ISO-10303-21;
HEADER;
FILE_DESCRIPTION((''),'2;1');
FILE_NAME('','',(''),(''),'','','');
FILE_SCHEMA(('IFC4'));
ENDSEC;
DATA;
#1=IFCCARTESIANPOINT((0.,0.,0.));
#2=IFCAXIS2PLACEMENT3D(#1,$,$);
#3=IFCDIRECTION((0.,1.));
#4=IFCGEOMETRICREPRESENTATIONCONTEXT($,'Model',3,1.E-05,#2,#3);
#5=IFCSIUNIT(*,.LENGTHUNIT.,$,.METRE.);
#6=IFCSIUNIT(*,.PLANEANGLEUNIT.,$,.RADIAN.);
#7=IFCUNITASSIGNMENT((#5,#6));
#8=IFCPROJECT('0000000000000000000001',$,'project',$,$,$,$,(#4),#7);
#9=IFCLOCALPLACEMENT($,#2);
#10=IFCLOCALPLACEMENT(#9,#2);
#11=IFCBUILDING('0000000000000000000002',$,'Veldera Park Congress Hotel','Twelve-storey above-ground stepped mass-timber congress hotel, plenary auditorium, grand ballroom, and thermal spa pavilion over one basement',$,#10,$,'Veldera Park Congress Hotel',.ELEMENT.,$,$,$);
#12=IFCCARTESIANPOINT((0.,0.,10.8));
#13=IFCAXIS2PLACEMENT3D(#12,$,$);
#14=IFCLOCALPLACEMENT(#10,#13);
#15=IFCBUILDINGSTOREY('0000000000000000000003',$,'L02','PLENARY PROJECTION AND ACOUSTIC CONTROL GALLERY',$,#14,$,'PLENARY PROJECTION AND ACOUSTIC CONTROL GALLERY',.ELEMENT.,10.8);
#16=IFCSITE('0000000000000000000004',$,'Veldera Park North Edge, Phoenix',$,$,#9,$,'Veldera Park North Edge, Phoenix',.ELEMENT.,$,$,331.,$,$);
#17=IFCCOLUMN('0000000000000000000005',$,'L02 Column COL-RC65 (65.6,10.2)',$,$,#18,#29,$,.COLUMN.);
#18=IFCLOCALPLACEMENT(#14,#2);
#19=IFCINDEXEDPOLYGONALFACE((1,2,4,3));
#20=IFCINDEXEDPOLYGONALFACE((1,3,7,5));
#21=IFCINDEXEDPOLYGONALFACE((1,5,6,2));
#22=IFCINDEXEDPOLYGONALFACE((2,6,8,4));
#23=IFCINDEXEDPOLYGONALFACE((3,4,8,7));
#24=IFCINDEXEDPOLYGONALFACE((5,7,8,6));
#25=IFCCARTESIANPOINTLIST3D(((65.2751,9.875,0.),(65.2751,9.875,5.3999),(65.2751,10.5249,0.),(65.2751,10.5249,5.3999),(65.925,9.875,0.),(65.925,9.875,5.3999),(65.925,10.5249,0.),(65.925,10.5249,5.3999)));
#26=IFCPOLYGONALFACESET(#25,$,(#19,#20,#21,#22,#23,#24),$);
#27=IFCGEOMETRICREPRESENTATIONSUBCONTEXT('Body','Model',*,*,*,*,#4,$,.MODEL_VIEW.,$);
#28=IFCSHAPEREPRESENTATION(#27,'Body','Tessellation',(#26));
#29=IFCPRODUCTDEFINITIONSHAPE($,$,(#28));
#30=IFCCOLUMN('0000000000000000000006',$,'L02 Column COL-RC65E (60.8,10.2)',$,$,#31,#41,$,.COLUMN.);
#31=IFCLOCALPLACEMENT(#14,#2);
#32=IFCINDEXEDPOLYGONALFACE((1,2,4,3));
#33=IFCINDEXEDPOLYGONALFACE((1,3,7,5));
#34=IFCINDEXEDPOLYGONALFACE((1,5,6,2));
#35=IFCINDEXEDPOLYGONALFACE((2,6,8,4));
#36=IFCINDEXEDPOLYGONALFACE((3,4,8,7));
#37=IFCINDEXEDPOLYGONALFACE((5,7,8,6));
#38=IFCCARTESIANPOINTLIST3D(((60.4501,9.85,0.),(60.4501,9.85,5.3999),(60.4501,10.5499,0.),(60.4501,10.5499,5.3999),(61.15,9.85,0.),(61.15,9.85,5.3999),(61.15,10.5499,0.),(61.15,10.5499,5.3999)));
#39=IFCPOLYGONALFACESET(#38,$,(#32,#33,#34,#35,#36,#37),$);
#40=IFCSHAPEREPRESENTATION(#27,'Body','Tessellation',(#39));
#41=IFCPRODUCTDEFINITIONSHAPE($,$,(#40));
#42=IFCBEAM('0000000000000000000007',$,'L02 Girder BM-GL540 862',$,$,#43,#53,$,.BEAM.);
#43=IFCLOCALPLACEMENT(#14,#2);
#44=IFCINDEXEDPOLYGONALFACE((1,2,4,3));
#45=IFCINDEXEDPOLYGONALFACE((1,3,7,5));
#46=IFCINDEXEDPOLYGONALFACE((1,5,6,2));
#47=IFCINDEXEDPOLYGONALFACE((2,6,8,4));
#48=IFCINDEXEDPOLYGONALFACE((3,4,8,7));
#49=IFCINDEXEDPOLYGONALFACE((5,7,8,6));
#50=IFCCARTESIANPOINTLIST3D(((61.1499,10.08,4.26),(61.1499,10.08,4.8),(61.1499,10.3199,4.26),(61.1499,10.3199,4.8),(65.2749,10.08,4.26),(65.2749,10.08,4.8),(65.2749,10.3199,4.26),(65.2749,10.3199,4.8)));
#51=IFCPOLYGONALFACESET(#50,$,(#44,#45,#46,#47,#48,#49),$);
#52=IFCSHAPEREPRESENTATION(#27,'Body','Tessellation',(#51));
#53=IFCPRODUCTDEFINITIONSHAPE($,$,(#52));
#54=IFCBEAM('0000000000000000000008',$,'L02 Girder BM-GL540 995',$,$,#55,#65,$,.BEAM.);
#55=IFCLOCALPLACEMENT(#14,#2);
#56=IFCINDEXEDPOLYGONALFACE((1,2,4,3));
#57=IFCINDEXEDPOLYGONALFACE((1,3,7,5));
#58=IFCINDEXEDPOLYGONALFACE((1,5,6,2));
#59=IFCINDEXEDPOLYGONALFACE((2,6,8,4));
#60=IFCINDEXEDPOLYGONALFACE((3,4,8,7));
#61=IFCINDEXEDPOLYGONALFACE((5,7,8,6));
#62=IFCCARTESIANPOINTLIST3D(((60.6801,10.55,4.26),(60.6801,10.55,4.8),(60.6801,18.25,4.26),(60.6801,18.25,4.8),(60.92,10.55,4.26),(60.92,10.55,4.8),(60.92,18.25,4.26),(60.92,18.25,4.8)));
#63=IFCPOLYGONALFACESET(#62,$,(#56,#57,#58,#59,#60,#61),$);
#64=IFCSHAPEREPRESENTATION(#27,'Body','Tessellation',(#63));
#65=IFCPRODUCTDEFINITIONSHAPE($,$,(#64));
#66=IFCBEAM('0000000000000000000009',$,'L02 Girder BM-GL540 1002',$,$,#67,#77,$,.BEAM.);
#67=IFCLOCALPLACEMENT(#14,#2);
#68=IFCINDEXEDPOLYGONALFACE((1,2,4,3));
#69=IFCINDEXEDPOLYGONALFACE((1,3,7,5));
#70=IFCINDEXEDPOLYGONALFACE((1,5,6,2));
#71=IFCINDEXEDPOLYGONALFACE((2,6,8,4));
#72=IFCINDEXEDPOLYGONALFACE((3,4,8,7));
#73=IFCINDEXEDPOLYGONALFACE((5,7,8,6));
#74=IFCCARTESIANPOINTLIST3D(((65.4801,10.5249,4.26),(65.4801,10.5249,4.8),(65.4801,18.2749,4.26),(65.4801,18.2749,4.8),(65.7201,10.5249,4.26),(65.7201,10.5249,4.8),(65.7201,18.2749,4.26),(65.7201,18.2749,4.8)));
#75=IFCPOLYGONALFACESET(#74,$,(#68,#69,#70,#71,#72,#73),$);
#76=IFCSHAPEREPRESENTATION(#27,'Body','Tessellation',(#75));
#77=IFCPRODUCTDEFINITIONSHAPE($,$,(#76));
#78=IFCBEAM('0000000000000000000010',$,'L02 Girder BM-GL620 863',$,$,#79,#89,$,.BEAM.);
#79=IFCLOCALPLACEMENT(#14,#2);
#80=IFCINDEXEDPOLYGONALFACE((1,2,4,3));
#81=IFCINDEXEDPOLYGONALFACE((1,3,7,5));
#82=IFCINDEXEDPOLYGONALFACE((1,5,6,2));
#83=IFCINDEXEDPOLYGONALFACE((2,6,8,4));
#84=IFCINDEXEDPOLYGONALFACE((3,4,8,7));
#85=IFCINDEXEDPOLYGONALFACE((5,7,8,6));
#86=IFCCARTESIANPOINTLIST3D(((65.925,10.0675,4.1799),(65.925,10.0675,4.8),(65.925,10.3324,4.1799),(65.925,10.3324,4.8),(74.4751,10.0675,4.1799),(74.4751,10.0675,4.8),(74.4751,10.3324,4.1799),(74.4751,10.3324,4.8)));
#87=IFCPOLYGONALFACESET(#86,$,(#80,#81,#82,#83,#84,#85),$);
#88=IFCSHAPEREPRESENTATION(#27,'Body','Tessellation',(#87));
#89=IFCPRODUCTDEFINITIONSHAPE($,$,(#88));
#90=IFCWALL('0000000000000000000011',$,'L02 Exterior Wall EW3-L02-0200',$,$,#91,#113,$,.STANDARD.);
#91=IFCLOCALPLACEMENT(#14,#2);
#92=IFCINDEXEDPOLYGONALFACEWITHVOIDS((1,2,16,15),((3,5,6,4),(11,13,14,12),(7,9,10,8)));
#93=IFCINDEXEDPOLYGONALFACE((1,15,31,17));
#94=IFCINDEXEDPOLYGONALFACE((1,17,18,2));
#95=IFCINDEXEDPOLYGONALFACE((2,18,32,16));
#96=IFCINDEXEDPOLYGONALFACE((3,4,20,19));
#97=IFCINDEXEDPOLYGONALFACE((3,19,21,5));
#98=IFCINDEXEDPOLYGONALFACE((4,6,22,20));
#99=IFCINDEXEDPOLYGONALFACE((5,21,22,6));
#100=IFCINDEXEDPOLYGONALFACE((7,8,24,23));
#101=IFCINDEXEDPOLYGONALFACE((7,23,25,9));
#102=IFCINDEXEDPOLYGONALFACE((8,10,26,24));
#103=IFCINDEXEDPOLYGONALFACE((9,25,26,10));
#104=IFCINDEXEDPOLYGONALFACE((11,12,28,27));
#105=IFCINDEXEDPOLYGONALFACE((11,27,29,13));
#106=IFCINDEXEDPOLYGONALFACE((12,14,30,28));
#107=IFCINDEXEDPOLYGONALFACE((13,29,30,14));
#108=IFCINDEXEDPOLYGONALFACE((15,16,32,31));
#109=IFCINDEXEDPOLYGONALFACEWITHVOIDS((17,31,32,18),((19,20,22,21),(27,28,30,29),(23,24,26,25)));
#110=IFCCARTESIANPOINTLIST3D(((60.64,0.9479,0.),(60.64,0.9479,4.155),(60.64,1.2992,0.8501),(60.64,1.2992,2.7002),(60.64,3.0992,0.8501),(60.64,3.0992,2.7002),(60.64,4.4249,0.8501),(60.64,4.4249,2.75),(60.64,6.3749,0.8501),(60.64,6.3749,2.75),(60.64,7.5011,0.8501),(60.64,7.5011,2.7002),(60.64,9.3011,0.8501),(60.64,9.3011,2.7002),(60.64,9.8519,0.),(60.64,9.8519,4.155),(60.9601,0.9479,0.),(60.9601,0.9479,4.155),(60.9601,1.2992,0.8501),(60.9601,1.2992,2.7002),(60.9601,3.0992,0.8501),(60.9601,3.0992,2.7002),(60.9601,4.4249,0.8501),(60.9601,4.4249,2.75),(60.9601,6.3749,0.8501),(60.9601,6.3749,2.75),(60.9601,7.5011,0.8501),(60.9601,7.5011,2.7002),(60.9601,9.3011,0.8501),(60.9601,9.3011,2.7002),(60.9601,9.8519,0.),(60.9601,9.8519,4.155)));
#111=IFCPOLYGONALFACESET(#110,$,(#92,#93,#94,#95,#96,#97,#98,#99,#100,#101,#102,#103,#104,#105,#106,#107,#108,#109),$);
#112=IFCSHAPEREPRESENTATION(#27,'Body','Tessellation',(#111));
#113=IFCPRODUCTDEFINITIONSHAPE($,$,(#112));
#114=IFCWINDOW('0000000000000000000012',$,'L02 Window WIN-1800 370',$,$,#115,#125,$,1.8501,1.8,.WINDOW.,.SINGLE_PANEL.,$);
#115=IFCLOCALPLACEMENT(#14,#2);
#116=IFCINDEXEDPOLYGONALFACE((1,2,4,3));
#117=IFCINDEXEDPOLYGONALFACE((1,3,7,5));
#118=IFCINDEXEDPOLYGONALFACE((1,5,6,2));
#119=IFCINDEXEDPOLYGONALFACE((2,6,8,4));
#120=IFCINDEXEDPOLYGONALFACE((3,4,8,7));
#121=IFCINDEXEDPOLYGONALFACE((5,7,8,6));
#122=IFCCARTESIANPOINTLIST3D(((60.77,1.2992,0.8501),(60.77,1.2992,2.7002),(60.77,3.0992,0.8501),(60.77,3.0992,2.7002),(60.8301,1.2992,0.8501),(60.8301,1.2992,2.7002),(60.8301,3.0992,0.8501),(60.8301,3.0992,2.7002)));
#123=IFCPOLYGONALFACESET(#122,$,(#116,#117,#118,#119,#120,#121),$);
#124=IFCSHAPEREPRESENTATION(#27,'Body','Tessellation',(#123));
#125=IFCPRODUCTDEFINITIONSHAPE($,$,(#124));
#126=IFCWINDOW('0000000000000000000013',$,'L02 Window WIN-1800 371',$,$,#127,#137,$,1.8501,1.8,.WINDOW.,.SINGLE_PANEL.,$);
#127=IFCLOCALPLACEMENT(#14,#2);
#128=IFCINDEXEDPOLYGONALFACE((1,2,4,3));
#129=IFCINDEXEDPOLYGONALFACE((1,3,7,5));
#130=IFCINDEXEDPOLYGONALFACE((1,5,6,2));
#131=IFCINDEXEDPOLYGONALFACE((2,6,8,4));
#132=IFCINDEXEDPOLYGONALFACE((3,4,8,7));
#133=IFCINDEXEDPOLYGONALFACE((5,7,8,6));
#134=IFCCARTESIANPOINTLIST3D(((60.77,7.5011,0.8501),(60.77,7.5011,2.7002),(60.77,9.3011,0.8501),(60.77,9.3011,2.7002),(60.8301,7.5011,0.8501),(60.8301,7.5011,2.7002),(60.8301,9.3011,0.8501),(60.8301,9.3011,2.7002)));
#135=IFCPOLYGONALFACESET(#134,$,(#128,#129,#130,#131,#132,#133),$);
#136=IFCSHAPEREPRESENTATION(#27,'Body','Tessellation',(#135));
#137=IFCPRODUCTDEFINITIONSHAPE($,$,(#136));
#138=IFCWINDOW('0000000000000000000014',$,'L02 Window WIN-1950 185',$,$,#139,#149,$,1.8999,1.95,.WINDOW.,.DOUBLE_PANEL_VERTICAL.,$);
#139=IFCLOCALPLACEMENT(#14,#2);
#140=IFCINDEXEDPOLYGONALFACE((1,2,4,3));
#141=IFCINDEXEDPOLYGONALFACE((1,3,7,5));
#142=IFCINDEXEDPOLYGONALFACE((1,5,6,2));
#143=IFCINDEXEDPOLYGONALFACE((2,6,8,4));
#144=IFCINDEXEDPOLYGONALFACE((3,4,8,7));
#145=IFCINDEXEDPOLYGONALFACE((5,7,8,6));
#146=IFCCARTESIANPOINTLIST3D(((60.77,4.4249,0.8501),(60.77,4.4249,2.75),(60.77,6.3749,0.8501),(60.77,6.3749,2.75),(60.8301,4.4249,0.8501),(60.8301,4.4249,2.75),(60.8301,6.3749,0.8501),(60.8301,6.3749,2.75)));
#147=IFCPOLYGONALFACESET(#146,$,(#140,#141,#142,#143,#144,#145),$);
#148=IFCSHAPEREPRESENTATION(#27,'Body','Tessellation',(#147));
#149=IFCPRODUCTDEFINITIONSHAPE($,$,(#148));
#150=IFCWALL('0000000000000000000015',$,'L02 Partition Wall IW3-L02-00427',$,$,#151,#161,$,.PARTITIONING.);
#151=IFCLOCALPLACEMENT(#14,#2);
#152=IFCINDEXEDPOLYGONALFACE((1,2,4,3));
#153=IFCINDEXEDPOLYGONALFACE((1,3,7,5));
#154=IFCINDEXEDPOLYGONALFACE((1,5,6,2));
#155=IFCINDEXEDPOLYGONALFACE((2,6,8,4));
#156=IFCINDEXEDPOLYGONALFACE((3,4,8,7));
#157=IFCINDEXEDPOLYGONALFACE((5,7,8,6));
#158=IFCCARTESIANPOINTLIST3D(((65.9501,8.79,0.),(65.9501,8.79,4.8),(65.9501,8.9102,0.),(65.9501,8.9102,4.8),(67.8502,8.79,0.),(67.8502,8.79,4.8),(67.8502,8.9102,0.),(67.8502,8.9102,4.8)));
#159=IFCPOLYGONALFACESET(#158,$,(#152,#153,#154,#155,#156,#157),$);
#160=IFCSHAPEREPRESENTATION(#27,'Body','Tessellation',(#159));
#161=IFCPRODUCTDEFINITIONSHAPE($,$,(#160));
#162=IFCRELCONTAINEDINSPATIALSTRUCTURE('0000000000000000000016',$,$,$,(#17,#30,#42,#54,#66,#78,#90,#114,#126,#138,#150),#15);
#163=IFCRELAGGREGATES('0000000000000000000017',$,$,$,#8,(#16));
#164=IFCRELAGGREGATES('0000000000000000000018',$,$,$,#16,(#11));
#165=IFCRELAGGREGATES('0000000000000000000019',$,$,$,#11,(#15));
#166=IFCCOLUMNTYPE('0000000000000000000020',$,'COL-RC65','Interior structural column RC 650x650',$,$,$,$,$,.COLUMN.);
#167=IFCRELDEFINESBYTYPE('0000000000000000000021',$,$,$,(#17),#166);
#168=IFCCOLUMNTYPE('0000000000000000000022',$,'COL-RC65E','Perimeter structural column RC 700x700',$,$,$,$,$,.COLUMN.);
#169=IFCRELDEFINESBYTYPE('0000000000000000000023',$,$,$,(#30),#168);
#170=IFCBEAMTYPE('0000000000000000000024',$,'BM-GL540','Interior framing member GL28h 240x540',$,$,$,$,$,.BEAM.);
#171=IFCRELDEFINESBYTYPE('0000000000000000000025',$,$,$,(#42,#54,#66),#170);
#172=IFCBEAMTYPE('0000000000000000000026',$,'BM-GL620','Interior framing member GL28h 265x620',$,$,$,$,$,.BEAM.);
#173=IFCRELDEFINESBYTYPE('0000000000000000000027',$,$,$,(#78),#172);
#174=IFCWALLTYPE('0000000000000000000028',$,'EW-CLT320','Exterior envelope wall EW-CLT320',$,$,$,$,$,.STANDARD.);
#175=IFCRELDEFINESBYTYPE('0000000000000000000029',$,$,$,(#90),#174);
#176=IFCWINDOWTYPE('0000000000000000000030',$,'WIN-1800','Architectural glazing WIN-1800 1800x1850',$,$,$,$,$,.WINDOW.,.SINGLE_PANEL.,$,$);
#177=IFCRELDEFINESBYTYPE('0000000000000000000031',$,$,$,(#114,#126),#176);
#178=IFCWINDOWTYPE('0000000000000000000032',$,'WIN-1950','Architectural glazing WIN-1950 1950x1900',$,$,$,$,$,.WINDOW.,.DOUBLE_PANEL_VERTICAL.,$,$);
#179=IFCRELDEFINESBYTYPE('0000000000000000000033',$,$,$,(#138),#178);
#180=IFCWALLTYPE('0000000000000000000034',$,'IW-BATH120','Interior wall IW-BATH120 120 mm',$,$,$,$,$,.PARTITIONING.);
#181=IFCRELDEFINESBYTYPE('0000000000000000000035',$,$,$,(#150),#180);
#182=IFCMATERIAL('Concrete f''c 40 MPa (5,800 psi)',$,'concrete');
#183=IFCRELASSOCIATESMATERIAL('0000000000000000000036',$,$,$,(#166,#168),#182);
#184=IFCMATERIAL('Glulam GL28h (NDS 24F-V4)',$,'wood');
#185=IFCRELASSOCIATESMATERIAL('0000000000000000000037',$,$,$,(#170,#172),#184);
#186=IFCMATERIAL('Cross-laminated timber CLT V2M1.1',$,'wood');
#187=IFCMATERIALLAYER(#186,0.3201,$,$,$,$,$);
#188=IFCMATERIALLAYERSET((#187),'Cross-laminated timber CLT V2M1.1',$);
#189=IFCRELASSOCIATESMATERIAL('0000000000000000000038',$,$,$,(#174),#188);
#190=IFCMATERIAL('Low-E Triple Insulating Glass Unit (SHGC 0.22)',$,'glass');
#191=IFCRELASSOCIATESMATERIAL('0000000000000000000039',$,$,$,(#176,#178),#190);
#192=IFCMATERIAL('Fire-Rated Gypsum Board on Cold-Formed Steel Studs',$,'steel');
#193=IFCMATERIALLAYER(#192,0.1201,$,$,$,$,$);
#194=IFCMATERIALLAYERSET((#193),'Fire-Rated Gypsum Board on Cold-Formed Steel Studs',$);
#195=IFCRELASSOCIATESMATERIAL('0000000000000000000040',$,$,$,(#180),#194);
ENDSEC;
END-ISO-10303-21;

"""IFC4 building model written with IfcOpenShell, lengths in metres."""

from ifc_helpers import new_model, si_unit, direction, frame, frame_2d, origin, origin_2d, place, context, subcontext, project, spatial, rectangle, extrude, material, layer, layer_set, material_profile, profile_set, type_object, element, fill, save


model = new_model("IFC4")

# Units and contexts
model_context = context("Model", 3, precision=1e-05, world=origin(), true_north=direction((0.0, 1.0)))
body_context = subcontext(model_context, "Body", "Model", "MODEL_VIEW")
ifc_project = project(units=[si_unit("LENGTHUNIT", "METRE"), si_unit("PLANEANGLEUNIT", "RADIAN")], contexts=[model_context])

# Site, building, storey
site_placement = place(None, origin())
site = spatial("IfcSite", under=ifc_project, at=site_placement, Name="Veldera Park North Edge, Phoenix", LongName="Veldera Park North Edge, Phoenix", CompositionType="ELEMENT", RefElevation=331.0)
building_placement = place(site_placement, origin())
building = spatial("IfcBuilding", under=site, at=building_placement, Name="Veldera Park Congress Hotel", Description="Twelve-storey above-ground stepped mass-timber congress hotel, plenary auditorium, grand ballroom, and thermal spa pavilion over one basement", LongName="Veldera Park Congress Hotel", CompositionType="ELEMENT")
storey_placement = place(building_placement, frame((0.0, 0.0, 10.8)))
storey = spatial("IfcBuildingStorey", under=building, at=storey_placement, Name="L02", Description="PLENARY PROJECTION AND ACOUSTIC CONTROL GALLERY", LongName="PLENARY PROJECTION AND ACOUSTIC CONTROL GALLERY", CompositionType="ELEMENT", Elevation=10.8)

# Columns
ifc_material_1 = material(Name="Concrete f'c 40 MPa (5,800 psi)", Category="concrete")
ifc_material_profile_1 = material_profile(ifc_material_1, rectangle(XDim=0.6499, YDim=0.6499, at=origin_2d()), Name="RC 650x650")
ifc_profile_set_1 = profile_set([ifc_material_profile_1], Name="Concrete f'c 40 MPa (5,800 psi)")
column_type_1 = type_object("IfcColumnType", Name="COL-RC65", Description="Interior structural column RC 650x650", PredefinedType="COLUMN", material=ifc_profile_set_1)
column_1_placement = place(storey_placement, frame((65.6001, 10.2, 0.0), z_axis=(0.0, 0.0, 1.0), x_axis=(1.0, 0.0, 0.0)))
element("IfcColumn", 1, at=column_1_placement, inside=storey, type_object=column_type_1, Name="L02 Column COL-RC65 (65.6,10.2)", PredefinedType="COLUMN", context=body_context, shape_type="SweptSolid", body=[
    extrude(rectangle(XDim=0.6499, YDim=0.6499, at=origin_2d()), origin(), (0.0, 0.0, 1.0), 5.3999),
])
ifc_material_profile_2 = material_profile(ifc_material_1, rectangle(XDim=0.7, YDim=0.7, at=origin_2d()), Name="RC 700x700")
ifc_profile_set_2 = profile_set([ifc_material_profile_2], Name="Concrete f'c 40 MPa (5,800 psi)")
column_type_2 = type_object("IfcColumnType", Name="COL-RC65E", Description="Perimeter structural column RC 700x700", PredefinedType="COLUMN", material=ifc_profile_set_2)
column_2_placement = place(storey_placement, frame((60.8, 10.2, 0.0), z_axis=(0.0, 0.0, 1.0), x_axis=(1.0, 0.0, 0.0)))
element("IfcColumn", 2, at=column_2_placement, inside=storey, type_object=column_type_2, Name="L02 Column COL-RC65E (60.8,10.2)", PredefinedType="COLUMN", context=body_context, shape_type="SweptSolid", body=[
    extrude(rectangle(XDim=0.7, YDim=0.7, at=origin_2d()), origin(), (0.0, 0.0, 1.0), 5.3999),
])

# Beams
ifc_material_2 = material(Name="Glulam GL28h (NDS 24F-V4)", Category="wood")
ifc_material_profile_3 = material_profile(ifc_material_2, rectangle(XDim=0.24, YDim=0.54, at=origin_2d()), Name="GL28h 240x540")
ifc_profile_set_3 = profile_set([ifc_material_profile_3], Name="Glulam GL28h (NDS 24F-V4)")
beam_type_1 = type_object("IfcBeamType", Name="BM-GL540", Description="Interior framing member GL28h 240x540", PredefinedType="BEAM", material=ifc_profile_set_3)
beam_1_placement = place(storey_placement, frame((61.1499, 10.2, 4.53), z_axis=(1.0, 0.0, 0.0), x_axis=(0.0, 1.0, 0.0)))
element("IfcBeam", 3, at=beam_1_placement, inside=storey, type_object=beam_type_1, Name="L02 Girder BM-GL540 862", PredefinedType="BEAM", context=body_context, shape_type="SweptSolid", body=[
    extrude(rectangle(XDim=0.24, YDim=0.54, at=origin_2d()), origin(), (0.0, 0.0, 1.0), 4.125),
])
beam_2_placement = place(storey_placement, frame((60.8, 10.55, 4.53), z_axis=(0.0, 1.0, 0.0), x_axis=(-1.0, 0.0, 0.0)))
element("IfcBeam", 4, at=beam_2_placement, inside=storey, type_object=beam_type_1, Name="L02 Girder BM-GL540 995", PredefinedType="BEAM", context=body_context, shape_type="SweptSolid", body=[
    extrude(rectangle(XDim=0.24, YDim=0.54, at=origin_2d()), origin(), (0.0, 0.0, 1.0), 7.7),
])
beam_3_placement = place(storey_placement, frame((65.6001, 10.5249, 4.53), z_axis=(0.0, 1.0, 0.0), x_axis=(-1.0, 0.0, 0.0)))
element("IfcBeam", 5, at=beam_3_placement, inside=storey, type_object=beam_type_1, Name="L02 Girder BM-GL540 1002", PredefinedType="BEAM", context=body_context, shape_type="SweptSolid", body=[
    extrude(rectangle(XDim=0.24, YDim=0.54, at=origin_2d()), origin(), (0.0, 0.0, 1.0), 7.75),
])
ifc_material_profile_4 = material_profile(ifc_material_2, rectangle(XDim=0.2649, YDim=0.6201, at=origin_2d()), Name="GL28h 265x620")
ifc_profile_set_4 = profile_set([ifc_material_profile_4], Name="Glulam GL28h (NDS 24F-V4)")
beam_type_2 = type_object("IfcBeamType", Name="BM-GL620", Description="Interior framing member GL28h 265x620", PredefinedType="BEAM", material=ifc_profile_set_4)
beam_4_placement = place(storey_placement, frame((65.925, 10.2, 4.49), z_axis=(1.0, 0.0, 0.0), x_axis=(0.0, 1.0, 0.0)))
element("IfcBeam", 6, at=beam_4_placement, inside=storey, type_object=beam_type_2, Name="L02 Girder BM-GL620 863", PredefinedType="BEAM", context=body_context, shape_type="SweptSolid", body=[
    extrude(rectangle(XDim=0.2649, YDim=0.6201, at=origin_2d()), origin(), (0.0, 0.0, 1.0), 8.55),
])

# Wall, openings, windows
ifc_material_3 = material(Name="Cross-laminated timber CLT V2M1.1", Category="wood")
ifc_layer_1 = layer(ifc_material_3, 0.3201)
ifc_layer_set_1 = layer_set([ifc_layer_1], Name="Cross-laminated timber CLT V2M1.1")
wall_type_1 = type_object("IfcWallType", Name="EW-CLT320", Description="Exterior envelope wall EW-CLT320", PredefinedType="STANDARD", material=ifc_layer_set_1)
wall_1_placement = place(storey_placement, frame((60.8, 9.8521, 0.0), z_axis=(0.0, 0.0, 1.0), x_axis=(0.0, -1.0, 0.0)))
wall_1 = element("IfcWall", 7, at=wall_1_placement, inside=storey, type_object=wall_type_1, Name="L02 Exterior Wall EW3-L02-0200", PredefinedType="STANDARD", context=body_context, shape_type="SweptSolid", body=[
    extrude(rectangle(XDim=8.9041, YDim=0.3201, at=frame_2d((4.4521, 0.0))), origin(), (0.0, 0.0, 1.0), 4.155),
])
opening_1_placement = place(wall_1_placement, frame((3.4771, 0.0, 0.8501)))
opening_1 = element("IfcOpeningElement", 8, at=opening_1_placement, cuts=wall_1, PredefinedType="OPENING", context=body_context, shape_type="SweptSolid", body=[
    extrude(rectangle(XDim=1.95, YDim=1.8999, at=frame_2d((0.9751, 0.95))), frame((0.0, 0.1721, 0.0), z_axis=(0.0, -1.0, 0.0), x_axis=(1.0, 0.0, 0.0)), (0.0, 0.0, 1.0), 0.344),
])
opening_2_placement = place(wall_1_placement, frame((6.7529, 0.0, 0.8501)))
opening_2 = element("IfcOpeningElement", 9, at=opening_2_placement, cuts=wall_1, PredefinedType="OPENING", context=body_context, shape_type="SweptSolid", body=[
    extrude(rectangle(XDim=1.8, YDim=1.8501, at=frame_2d((0.8999, 0.925))), frame((0.0, 0.1721, 0.0), z_axis=(0.0, -1.0, 0.0), x_axis=(1.0, 0.0, 0.0)), (0.0, 0.0, 1.0), 0.344),
])
opening_3_placement = place(wall_1_placement, frame((0.551, 0.0, 0.8501)))
opening_3 = element("IfcOpeningElement", 10, at=opening_3_placement, cuts=wall_1, PredefinedType="OPENING", context=body_context, shape_type="SweptSolid", body=[
    extrude(rectangle(XDim=1.8, YDim=1.8501, at=frame_2d((0.8999, 0.925))), frame((0.0, 0.1721, 0.0), z_axis=(0.0, -1.0, 0.0), x_axis=(1.0, 0.0, 0.0)), (0.0, 0.0, 1.0), 0.344),
])
ifc_material_4 = material(Name="Low-E Triple Insulating Glass Unit (SHGC 0.22)", Category="glass")
window_type_1 = type_object("IfcWindowType", Name="WIN-1800", Description="Architectural glazing WIN-1800 1800x1850", PartitioningType="SINGLE_PANEL", PredefinedType="WINDOW", material=ifc_material_4)
window_1_placement = place(opening_2_placement, origin())
window_1 = element("IfcWindow", 11, at=window_1_placement, inside=storey, type_object=window_type_1, Name="L02 Window WIN-1800 370", OverallHeight=1.8501, OverallWidth=1.8, PartitioningType="SINGLE_PANEL", PredefinedType="WINDOW", context=body_context, shape_type="SweptSolid", body=[
    extrude(rectangle(XDim=1.8, YDim=1.8501, at=frame_2d((0.8999, 0.925))), frame((0.0, 0.03, 0.0), z_axis=(0.0, -1.0, 0.0), x_axis=(1.0, 0.0, 0.0)), (0.0, 0.0, 1.0), 0.0601),
])
fill(opening_2, window_1)
window_2_placement = place(opening_3_placement, origin())
window_2 = element("IfcWindow", 12, at=window_2_placement, inside=storey, type_object=window_type_1, Name="L02 Window WIN-1800 371", OverallHeight=1.8501, OverallWidth=1.8, PartitioningType="SINGLE_PANEL", PredefinedType="WINDOW", context=body_context, shape_type="SweptSolid", body=[
    extrude(rectangle(XDim=1.8, YDim=1.8501, at=frame_2d((0.8999, 0.925))), frame((0.0, 0.03, 0.0), z_axis=(0.0, -1.0, 0.0), x_axis=(1.0, 0.0, 0.0)), (0.0, 0.0, 1.0), 0.0601),
])
fill(opening_3, window_2)
window_type_2 = type_object("IfcWindowType", Name="WIN-1950", Description="Architectural glazing WIN-1950 1950x1900", PartitioningType="DOUBLE_PANEL_VERTICAL", PredefinedType="WINDOW", material=ifc_material_4)
window_3_placement = place(opening_1_placement, origin())
window_3 = element("IfcWindow", 13, at=window_3_placement, inside=storey, type_object=window_type_2, Name="L02 Window WIN-1950 185", OverallHeight=1.8999, OverallWidth=1.95, PartitioningType="DOUBLE_PANEL_VERTICAL", PredefinedType="WINDOW", context=body_context, shape_type="SweptSolid", body=[
    extrude(rectangle(XDim=1.95, YDim=1.8999, at=frame_2d((0.9751, 0.95))), frame((0.0, 0.03, 0.0), z_axis=(0.0, -1.0, 0.0), x_axis=(1.0, 0.0, 0.0)), (0.0, 0.0, 1.0), 0.0601),
])
fill(opening_1, window_3)

# Wall
ifc_material_5 = material(Name="Fire-Rated Gypsum Board on Cold-Formed Steel Studs", Category="steel")
ifc_layer_2 = layer(ifc_material_5, 0.1201)
ifc_layer_set_2 = layer_set([ifc_layer_2], Name="Fire-Rated Gypsum Board on Cold-Formed Steel Studs")
wall_type_2 = type_object("IfcWallType", Name="IW-BATH120", Description="Interior wall IW-BATH120 120 mm", PredefinedType="PARTITIONING", material=ifc_layer_set_2)
wall_2_placement = place(storey_placement, frame((65.95, 8.8501, 0.0), z_axis=(0.0, 0.0, 1.0), x_axis=(1.0, 0.0, 0.0)))
element("IfcWall", 14, at=wall_2_placement, inside=storey, type_object=wall_type_2, Name="L02 Partition Wall IW3-L02-00427", PredefinedType="PARTITIONING", context=body_context, shape_type="SweptSolid", body=[
    extrude(rectangle(XDim=1.9001, YDim=0.1201, at=frame_2d((0.9502, 0.0))), origin(), (0.0, 0.0, 1.0), 4.8),
])

save(model, "model.ifc")
